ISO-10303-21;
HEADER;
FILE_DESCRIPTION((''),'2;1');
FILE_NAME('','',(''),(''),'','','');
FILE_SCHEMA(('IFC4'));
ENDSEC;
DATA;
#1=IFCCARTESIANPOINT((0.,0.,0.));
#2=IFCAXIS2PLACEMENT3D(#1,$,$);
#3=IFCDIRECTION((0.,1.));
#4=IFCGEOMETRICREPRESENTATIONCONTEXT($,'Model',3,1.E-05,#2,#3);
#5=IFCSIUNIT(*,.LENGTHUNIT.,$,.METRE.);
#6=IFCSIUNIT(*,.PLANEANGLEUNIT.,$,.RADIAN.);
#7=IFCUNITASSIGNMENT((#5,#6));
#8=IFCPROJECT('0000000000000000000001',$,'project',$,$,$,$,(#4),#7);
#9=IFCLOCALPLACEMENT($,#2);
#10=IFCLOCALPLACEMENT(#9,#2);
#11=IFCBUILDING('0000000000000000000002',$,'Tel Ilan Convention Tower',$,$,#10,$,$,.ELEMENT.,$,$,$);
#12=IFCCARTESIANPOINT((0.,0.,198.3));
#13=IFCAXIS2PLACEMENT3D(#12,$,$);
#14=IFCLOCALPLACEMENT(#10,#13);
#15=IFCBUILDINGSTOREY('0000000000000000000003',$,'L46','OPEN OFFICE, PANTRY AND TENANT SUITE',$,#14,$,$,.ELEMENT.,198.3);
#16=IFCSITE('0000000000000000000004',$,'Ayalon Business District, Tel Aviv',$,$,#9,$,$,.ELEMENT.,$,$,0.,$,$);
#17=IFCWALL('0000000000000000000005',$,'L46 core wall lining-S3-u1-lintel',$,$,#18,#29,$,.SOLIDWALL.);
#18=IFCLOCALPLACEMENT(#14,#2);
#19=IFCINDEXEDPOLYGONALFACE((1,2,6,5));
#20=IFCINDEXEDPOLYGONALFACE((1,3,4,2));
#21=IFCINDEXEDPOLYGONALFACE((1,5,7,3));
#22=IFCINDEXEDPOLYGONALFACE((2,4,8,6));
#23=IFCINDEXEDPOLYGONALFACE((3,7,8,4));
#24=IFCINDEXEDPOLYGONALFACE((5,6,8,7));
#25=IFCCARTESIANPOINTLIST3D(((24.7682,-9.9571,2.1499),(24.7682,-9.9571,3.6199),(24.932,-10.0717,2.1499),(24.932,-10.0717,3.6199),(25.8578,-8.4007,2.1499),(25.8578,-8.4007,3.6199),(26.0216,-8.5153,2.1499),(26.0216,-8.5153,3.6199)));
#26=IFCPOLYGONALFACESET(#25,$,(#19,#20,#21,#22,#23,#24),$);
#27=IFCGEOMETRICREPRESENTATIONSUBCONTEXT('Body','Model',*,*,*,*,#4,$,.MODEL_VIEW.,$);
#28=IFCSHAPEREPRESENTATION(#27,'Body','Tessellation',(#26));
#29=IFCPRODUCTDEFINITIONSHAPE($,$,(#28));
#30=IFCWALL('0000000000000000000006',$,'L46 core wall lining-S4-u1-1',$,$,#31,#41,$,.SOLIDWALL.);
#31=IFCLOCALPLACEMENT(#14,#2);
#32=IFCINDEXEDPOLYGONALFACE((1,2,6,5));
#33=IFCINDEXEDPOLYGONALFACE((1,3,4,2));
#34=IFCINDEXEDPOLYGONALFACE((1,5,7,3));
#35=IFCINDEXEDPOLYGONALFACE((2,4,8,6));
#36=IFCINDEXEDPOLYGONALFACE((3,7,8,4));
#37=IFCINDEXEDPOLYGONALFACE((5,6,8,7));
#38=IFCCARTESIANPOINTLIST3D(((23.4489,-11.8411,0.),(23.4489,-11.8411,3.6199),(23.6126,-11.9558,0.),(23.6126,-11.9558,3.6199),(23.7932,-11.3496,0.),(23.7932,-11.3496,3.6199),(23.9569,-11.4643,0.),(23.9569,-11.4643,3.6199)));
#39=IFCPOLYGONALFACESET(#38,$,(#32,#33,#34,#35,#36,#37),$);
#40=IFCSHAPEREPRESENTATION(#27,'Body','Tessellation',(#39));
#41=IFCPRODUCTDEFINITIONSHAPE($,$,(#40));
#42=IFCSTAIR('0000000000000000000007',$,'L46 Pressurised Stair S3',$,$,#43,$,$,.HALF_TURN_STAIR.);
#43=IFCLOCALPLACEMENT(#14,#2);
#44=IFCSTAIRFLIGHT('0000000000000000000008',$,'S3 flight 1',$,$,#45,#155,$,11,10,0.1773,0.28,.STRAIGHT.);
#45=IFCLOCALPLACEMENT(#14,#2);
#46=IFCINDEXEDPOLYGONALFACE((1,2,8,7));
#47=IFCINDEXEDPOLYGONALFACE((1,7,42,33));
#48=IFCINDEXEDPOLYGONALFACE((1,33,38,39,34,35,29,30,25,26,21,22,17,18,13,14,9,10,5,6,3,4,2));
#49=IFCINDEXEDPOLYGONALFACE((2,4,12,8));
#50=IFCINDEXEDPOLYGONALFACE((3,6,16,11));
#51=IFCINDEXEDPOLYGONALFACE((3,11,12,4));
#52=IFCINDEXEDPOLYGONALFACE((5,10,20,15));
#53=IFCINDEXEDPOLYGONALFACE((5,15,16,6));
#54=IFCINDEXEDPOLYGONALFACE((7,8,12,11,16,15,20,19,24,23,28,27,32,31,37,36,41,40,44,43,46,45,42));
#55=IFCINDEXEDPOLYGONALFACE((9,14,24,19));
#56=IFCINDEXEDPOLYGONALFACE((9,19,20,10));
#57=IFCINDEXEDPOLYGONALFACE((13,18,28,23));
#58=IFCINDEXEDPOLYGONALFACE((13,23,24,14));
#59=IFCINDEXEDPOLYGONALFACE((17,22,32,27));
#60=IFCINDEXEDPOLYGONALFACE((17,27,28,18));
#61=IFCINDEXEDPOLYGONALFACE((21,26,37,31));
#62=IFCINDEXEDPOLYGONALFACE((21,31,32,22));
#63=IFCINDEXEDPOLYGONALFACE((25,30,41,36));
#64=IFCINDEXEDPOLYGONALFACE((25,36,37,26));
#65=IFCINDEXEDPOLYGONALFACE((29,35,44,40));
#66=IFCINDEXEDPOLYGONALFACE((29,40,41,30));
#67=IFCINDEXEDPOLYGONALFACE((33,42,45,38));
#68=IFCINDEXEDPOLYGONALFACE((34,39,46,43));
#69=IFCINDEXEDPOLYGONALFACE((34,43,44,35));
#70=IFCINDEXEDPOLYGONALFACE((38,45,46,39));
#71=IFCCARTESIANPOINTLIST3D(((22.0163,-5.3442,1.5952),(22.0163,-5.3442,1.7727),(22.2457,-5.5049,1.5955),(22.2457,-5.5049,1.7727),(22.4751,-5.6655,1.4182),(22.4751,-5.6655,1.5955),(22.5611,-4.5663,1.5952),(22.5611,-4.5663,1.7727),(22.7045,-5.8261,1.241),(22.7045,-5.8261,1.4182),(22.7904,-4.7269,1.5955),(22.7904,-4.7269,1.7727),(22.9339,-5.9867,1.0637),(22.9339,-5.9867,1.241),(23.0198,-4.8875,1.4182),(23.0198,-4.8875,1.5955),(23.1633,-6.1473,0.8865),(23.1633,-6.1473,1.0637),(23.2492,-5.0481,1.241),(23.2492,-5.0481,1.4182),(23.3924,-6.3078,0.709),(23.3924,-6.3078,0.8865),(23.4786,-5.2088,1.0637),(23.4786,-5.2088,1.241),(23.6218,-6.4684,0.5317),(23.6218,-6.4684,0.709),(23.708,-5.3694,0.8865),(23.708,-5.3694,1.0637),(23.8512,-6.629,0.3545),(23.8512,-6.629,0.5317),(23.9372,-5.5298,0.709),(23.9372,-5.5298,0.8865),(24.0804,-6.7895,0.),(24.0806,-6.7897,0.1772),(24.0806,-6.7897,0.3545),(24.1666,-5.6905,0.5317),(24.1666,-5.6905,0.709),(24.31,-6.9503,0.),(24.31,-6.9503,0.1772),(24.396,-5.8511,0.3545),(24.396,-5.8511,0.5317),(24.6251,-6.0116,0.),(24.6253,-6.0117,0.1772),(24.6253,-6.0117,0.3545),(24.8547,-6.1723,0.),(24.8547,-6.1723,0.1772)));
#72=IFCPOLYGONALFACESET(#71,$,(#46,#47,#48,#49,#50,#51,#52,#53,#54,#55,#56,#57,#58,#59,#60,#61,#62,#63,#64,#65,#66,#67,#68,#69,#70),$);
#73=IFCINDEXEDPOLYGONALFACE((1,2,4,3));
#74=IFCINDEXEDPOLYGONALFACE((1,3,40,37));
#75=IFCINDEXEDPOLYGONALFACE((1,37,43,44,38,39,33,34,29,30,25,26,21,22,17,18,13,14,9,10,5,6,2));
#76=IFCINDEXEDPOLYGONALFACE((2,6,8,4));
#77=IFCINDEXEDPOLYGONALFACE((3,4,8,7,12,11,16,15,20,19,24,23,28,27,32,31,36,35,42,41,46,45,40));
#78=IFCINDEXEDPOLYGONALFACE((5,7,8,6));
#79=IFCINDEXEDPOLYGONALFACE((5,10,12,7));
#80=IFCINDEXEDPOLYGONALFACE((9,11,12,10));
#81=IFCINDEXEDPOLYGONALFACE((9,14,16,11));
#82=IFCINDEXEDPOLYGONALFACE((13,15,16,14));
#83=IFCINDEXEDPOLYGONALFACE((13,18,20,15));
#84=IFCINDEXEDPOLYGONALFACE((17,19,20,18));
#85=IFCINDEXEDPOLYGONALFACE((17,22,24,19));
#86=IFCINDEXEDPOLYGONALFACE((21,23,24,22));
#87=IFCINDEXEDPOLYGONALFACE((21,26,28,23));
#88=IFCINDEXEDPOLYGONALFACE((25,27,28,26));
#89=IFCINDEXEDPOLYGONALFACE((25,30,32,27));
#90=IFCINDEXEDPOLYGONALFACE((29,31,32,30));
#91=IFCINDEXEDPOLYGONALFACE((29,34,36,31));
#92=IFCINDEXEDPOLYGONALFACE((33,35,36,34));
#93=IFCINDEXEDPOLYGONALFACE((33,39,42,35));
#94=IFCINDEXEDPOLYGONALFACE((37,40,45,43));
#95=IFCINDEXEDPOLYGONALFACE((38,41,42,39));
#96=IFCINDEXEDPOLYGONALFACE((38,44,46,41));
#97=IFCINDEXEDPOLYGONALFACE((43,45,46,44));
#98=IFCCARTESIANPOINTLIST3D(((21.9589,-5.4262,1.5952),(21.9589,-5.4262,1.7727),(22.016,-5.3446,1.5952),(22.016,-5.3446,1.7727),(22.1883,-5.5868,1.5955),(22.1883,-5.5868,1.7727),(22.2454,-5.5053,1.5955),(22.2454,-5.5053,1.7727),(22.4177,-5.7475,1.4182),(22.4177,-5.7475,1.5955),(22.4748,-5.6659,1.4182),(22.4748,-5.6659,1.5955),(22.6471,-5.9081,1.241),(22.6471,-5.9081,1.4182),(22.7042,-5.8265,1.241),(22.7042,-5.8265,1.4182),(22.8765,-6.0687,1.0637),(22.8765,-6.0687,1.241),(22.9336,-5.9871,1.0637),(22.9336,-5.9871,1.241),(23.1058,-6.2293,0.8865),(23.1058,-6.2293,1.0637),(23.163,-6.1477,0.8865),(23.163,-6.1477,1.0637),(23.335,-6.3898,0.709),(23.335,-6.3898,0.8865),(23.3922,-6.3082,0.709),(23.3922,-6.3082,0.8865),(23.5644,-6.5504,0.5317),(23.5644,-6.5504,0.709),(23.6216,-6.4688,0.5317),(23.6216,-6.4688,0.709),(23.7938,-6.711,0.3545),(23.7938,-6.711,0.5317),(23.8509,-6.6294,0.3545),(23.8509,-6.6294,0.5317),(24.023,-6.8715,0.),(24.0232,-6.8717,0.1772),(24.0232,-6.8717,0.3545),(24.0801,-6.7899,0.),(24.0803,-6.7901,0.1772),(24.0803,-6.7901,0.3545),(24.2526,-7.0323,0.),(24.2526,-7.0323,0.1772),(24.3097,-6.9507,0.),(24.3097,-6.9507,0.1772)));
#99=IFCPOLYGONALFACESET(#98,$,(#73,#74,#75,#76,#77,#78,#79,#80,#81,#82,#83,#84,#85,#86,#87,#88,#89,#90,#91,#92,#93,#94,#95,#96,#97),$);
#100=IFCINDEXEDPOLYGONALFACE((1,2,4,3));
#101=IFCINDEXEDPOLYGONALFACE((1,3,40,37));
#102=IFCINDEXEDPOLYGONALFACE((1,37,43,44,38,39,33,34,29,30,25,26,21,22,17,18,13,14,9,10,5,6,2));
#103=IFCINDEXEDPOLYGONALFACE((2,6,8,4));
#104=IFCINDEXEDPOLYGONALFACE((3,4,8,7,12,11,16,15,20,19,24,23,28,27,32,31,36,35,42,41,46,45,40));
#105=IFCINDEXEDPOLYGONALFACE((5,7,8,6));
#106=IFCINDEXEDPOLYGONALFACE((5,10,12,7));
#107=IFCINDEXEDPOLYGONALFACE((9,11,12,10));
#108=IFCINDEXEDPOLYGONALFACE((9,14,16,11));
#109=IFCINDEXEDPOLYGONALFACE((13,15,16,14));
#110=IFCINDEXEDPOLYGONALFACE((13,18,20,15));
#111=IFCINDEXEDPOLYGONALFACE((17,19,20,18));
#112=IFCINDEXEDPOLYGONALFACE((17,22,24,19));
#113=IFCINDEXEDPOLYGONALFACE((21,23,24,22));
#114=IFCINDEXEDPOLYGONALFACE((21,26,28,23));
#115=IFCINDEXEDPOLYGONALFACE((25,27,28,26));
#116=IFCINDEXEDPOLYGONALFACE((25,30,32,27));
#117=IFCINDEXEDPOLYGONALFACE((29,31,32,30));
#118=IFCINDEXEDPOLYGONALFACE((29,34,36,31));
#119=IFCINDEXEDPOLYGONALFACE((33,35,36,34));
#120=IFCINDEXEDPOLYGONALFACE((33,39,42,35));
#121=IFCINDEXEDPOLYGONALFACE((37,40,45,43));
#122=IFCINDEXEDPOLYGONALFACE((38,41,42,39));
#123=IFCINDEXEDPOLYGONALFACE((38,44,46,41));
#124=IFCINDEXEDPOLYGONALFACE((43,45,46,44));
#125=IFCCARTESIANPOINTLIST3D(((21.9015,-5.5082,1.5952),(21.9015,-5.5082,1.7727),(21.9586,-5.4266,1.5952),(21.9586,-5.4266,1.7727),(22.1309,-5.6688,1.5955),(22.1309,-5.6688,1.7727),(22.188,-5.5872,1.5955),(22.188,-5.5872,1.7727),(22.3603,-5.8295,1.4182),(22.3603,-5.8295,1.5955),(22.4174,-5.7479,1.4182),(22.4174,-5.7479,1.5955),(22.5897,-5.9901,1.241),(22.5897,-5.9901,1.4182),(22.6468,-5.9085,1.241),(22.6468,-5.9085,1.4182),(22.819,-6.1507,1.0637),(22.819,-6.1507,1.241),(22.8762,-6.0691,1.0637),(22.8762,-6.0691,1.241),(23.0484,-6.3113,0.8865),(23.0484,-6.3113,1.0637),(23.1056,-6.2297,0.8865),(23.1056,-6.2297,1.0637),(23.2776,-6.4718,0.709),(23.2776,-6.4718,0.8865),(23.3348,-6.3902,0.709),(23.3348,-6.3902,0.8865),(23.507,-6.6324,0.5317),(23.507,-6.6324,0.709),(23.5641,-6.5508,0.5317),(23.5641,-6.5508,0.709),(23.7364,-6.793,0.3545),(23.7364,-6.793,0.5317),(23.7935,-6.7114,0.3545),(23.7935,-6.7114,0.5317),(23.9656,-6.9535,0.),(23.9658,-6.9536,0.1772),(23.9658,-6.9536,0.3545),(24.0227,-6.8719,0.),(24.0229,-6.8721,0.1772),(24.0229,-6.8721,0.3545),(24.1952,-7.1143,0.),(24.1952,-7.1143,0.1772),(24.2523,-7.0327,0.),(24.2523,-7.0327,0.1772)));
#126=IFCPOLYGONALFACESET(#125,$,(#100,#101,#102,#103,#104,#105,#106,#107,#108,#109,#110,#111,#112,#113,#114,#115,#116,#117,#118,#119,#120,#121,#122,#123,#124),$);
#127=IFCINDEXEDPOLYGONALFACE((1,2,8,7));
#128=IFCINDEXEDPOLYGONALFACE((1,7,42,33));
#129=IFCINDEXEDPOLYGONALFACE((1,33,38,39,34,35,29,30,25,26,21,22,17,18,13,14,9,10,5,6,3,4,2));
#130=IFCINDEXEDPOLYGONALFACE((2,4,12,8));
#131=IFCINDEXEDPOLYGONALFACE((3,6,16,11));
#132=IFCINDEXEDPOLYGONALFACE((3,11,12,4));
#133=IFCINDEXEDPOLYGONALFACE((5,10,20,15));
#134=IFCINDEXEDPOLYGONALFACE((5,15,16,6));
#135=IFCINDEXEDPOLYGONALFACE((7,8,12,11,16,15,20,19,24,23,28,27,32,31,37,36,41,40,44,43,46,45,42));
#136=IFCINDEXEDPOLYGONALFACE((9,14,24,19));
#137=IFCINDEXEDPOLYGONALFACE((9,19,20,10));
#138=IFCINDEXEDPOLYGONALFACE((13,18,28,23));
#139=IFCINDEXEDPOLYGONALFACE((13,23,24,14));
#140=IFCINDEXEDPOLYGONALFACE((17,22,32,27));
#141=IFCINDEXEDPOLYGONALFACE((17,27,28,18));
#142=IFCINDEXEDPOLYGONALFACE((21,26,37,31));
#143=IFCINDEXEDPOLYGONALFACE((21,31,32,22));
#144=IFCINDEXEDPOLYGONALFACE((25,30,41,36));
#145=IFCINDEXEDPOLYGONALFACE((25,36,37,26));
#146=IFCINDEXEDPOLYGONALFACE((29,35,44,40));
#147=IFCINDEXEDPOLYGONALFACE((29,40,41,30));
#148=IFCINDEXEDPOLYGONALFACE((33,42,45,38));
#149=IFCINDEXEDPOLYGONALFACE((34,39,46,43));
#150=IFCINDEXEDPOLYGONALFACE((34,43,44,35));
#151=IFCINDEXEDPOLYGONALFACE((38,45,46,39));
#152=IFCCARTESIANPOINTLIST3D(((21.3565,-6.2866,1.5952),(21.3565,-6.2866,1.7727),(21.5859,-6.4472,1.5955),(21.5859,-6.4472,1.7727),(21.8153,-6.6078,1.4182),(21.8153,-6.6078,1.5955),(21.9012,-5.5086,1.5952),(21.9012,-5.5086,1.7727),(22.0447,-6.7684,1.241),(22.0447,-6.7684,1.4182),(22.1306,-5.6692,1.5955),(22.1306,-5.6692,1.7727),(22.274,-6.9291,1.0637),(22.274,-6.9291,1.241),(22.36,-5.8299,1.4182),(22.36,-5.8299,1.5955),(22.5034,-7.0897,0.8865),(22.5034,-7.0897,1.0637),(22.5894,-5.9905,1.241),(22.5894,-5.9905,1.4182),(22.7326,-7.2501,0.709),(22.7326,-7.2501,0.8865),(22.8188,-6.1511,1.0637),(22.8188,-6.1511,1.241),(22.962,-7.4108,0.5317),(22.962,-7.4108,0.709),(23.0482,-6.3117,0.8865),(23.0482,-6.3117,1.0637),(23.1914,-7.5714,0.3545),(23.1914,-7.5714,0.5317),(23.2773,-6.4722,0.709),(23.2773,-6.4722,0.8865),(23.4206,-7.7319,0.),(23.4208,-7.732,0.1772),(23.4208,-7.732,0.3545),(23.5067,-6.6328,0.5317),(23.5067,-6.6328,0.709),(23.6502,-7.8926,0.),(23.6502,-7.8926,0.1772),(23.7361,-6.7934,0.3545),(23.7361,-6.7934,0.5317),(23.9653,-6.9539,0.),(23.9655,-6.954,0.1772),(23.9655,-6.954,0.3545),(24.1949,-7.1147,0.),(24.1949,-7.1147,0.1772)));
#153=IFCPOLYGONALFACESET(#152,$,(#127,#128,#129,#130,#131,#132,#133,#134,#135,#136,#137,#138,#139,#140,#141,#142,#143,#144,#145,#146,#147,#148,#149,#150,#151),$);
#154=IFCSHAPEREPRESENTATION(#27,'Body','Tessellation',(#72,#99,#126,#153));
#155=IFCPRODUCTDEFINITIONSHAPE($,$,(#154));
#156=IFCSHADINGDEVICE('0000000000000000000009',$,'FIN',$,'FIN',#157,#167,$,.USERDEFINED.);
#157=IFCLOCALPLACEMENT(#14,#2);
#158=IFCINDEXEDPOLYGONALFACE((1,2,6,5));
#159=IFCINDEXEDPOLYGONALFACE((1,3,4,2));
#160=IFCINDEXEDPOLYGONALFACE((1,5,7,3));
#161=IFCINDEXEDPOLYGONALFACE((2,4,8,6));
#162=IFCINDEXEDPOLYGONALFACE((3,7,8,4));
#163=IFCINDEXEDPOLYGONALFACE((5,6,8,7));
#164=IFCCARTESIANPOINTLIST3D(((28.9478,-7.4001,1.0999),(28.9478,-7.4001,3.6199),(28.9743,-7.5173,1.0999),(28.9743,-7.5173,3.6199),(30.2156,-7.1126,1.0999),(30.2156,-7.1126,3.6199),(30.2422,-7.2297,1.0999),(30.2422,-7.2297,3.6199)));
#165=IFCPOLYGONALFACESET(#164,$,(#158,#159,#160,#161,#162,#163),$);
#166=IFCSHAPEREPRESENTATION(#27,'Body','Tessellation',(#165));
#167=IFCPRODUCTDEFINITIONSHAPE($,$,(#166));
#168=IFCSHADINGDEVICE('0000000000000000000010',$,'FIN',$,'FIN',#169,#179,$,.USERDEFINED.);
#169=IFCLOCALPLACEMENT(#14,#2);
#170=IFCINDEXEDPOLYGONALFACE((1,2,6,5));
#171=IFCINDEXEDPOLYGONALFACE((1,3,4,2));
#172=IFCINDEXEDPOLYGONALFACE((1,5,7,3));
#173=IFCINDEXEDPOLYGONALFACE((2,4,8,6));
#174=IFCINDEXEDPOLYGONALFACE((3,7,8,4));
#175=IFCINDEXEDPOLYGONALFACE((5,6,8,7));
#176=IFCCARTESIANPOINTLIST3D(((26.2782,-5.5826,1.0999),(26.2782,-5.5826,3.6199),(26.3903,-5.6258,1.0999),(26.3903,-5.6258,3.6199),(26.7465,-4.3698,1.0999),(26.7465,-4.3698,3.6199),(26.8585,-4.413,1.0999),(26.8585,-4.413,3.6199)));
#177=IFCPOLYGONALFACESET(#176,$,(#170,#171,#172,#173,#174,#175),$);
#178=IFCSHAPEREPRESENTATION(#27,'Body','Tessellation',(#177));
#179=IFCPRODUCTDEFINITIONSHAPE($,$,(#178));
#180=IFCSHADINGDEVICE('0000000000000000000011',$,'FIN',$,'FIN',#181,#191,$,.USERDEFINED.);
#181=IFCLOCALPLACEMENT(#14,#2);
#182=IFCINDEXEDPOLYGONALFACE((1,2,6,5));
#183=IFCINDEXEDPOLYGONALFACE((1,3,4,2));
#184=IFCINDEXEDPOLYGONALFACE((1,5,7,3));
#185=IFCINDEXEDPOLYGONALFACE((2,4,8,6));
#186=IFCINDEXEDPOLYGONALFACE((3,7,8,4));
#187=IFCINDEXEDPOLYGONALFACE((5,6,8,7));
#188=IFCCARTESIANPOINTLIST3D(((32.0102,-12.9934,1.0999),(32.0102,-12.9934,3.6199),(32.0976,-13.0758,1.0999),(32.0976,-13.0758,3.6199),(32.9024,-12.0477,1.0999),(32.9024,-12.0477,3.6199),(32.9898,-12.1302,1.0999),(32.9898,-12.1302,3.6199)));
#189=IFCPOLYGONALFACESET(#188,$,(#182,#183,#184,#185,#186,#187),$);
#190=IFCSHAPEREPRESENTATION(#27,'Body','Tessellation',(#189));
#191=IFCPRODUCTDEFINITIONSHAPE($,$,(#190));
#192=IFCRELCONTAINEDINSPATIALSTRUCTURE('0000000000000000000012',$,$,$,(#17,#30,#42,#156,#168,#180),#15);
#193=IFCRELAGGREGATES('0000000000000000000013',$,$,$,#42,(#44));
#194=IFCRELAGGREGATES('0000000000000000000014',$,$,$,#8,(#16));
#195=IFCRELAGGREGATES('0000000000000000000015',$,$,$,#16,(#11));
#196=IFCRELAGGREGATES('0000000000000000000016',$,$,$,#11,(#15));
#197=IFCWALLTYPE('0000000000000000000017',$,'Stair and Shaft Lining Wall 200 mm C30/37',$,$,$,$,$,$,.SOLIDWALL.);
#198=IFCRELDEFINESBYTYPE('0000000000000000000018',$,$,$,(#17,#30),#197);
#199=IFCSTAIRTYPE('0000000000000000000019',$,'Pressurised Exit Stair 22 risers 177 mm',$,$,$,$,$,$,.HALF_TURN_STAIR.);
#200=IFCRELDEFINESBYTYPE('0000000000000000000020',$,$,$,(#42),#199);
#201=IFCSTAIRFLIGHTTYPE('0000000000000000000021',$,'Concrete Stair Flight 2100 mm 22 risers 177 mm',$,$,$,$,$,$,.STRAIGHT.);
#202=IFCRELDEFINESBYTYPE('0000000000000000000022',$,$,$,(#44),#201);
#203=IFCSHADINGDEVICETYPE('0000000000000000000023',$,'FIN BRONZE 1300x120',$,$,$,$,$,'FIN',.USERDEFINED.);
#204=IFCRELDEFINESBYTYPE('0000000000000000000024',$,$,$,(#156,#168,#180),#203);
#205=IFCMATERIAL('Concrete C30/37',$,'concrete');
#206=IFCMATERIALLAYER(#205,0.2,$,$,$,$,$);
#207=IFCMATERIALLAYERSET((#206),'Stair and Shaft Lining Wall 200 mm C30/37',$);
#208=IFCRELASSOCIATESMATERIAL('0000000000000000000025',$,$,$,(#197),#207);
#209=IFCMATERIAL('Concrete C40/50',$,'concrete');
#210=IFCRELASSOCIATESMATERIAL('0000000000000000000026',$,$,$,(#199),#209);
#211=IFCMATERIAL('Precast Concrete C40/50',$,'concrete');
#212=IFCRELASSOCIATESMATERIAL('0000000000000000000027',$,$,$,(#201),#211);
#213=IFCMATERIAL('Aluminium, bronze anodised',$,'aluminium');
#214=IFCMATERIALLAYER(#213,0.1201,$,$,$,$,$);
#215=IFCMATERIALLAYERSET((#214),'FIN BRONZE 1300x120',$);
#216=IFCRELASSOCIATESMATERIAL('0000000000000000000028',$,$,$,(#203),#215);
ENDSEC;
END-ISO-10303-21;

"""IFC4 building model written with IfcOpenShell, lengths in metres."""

from ifc_helpers import new_model, si_unit, direction, frame, frame_2d, origin, origin_2d, place, context, subcontext, project, spatial, polyline, rectangle, outline, extrude, material, layer, layer_set, type_object, element, aggregate, save


model = new_model("IFC4")

# Units and contexts
model_context = context("Model", 3, precision=1e-05, world=origin(), true_north=direction((0.0, 1.0)))
body_context = subcontext(model_context, "Body", "Model", "MODEL_VIEW")
ifc_project = project(units=[si_unit("LENGTHUNIT", "METRE"), si_unit("PLANEANGLEUNIT", "RADIAN")], contexts=[model_context])

# Site, building, storey
site_placement = place(None, origin())
site = spatial("IfcSite", under=ifc_project, at=site_placement, Name="Ayalon Business District, Tel Aviv", CompositionType="ELEMENT", RefElevation=0.0)
building_placement = place(site_placement, origin())
building = spatial("IfcBuilding", under=site, at=building_placement, Name="Tel Ilan Convention Tower", CompositionType="ELEMENT")
storey_placement = place(building_placement, frame((0.0, 0.0, 198.3)))
storey = spatial("IfcBuildingStorey", under=building, at=storey_placement, Name="L46", Description="OPEN OFFICE, PANTRY AND TENANT SUITE", CompositionType="ELEMENT", Elevation=198.3)

# Walls
ifc_material_1 = material(Name="Concrete C30/37", Category="concrete")
ifc_layer_1 = layer(ifc_material_1, 0.2)
ifc_layer_set_1 = layer_set([ifc_layer_1], Name="Stair and Shaft Lining Wall 200 mm C30/37")
wall_type = type_object("IfcWallType", Name="Stair and Shaft Lining Wall 200 mm C30/37", PredefinedType="SOLIDWALL", material=ifc_layer_set_1)
wall_1_placement = place(storey_placement, frame((24.8501, -10.0144, 2.1499), z_axis=(0.0, 0.0, 1.0), x_axis=(0.573505, 0.819202, 0.0)))
element("IfcWall", 1, at=wall_1_placement, inside=storey, type_object=wall_type, Name="L46 core wall lining-S3-u1-lintel", PredefinedType="SOLIDWALL", context=body_context, shape_type="SweptSolid", body=[
    extrude(rectangle(XDim=1.8999, YDim=0.2, at=frame_2d((0.95, 0.0))), origin(), (0.0, 0.0, 1.0), 1.47),
])
wall_2_placement = place(storey_placement, frame((23.5308, -11.8984, 0.0), z_axis=(0.0, 0.0, 1.0), x_axis=(0.573708, 0.81906, 0.0)))
element("IfcWall", 2, at=wall_2_placement, inside=storey, type_object=wall_type, Name="L46 core wall lining-S4-u1-1", PredefinedType="SOLIDWALL", context=body_context, shape_type="SweptSolid", body=[
    extrude(rectangle(XDim=0.6001, YDim=0.2, at=frame_2d((0.3, 0.0))), origin(), (0.0, 0.0, 1.0), 3.6199),
])

# Stair, stair flight
ifc_material_2 = material(Name="Concrete C40/50", Category="concrete")
stair_type = type_object("IfcStairType", Name="Pressurised Exit Stair 22 risers 177 mm", PredefinedType="HALF_TURN_STAIR", material=ifc_material_2)
stair_placement = place(storey_placement, origin())
stair = element("IfcStair", 3, at=stair_placement, inside=storey, type_object=stair_type, Name="L46 Pressurised Stair S3", PredefinedType="HALF_TURN_STAIR")
ifc_material_3 = material(Name="Precast Concrete C40/50", Category="concrete")
stair_flight_type = type_object("IfcStairFlightType", Name="Concrete Stair Flight 2100 mm 22 risers 177 mm", PredefinedType="STRAIGHT", material=ifc_material_3)
stair_flight_placement = place(storey_placement, frame((24.2524, -7.0325, 0.0), z_axis=(0.0, 0.0, 1.0), x_axis=(-0.819152, 0.573576, 0.0)))
stair_flight = element("IfcStairFlight", 4, at=stair_flight_placement, type_object=stair_flight_type, Name="S3 flight 1", NumberOfRisers=11, NumberOfTreads=10, PredefinedType="STRAIGHT", RiserHeight=0.1773, TreadLength=0.28, context=body_context, shape_type="SweptSolid", body=[
    extrude(outline(polyline([(0.0, 0.0), (0.0, 0.1772), (0.28, 0.1772), (0.28, 0.3545), (0.5601, 0.3545), (0.5601, 0.5317), (0.8401, 0.5317), (0.8401, 0.709), (1.1201, 0.709), (1.1201, 0.8865), (1.3999, 0.8865), (1.3999, 1.0637), (1.6799, 1.0637), (1.6799, 1.241), (1.96, 1.241), (1.96, 1.4182), (2.24, 1.4182), (2.24, 1.5955), (2.52, 1.5955), (2.52, 1.7727), (2.8, 1.7727), (2.8, 1.95), (2.8, 1.5952), (0.2803, 0.0), (0.0, 0.0)])), frame((0.0, -0.1003, 0.0), z_axis=(0.0, -1.0, 0.0), x_axis=(1.0, 0.0, 0.0)), (0.0, 0.0, 1.0), 0.9497),
    extrude(outline(polyline([(0.0, 0.0), (0.0, 0.1772), (0.28, 0.1772), (0.28, 0.3545), (0.5601, 0.3545), (0.5601, 0.5317), (0.8401, 0.5317), (0.8401, 0.709), (1.1201, 0.709), (1.1201, 0.8865), (1.3999, 0.8865), (1.3999, 1.0637), (1.6799, 1.0637), (1.6799, 1.241), (1.96, 1.241), (1.96, 1.4182), (2.24, 1.4182), (2.24, 1.5955), (2.52, 1.5955), (2.52, 1.7727), (2.8, 1.7727), (2.8, 1.95), (2.8, 1.5952), (0.2803, 0.0), (0.0, 0.0)])), frame((0.0, -0.0002, 0.0), z_axis=(0.0, -1.0, 0.0), x_axis=(1.0, 0.0, 0.0)), (0.0, 0.0, 1.0), 0.0996),
    extrude(outline(polyline([(0.0, 0.0), (0.0, 0.1772), (0.28, 0.1772), (0.28, 0.3545), (0.5601, 0.3545), (0.5601, 0.5317), (0.8401, 0.5317), (0.8401, 0.709), (1.1201, 0.709), (1.1201, 0.8865), (1.3999, 0.8865), (1.3999, 1.0637), (1.6799, 1.0637), (1.6799, 1.241), (1.96, 1.241), (1.96, 1.4182), (2.24, 1.4182), (2.24, 1.5955), (2.52, 1.5955), (2.52, 1.7727), (2.8, 1.7727), (2.8, 1.95), (2.8, 1.5952), (0.2803, 0.0), (0.0, 0.0)])), frame((0.0, 0.0999, 0.0), z_axis=(0.0, -1.0, 0.0), x_axis=(1.0, 0.0, 0.0)), (0.0, 0.0, 1.0), 0.0996),
    extrude(outline(polyline([(0.0, 0.0), (0.0, 0.1772), (0.28, 0.1772), (0.28, 0.3545), (0.5601, 0.3545), (0.5601, 0.5317), (0.8401, 0.5317), (0.8401, 0.709), (1.1201, 0.709), (1.1201, 0.8865), (1.3999, 0.8865), (1.3999, 1.0637), (1.6799, 1.0637), (1.6799, 1.241), (1.96, 1.241), (1.96, 1.4182), (2.24, 1.4182), (2.24, 1.5955), (2.52, 1.5955), (2.52, 1.7727), (2.8, 1.7727), (2.8, 1.95), (2.8, 1.5952), (0.2803, 0.0), (0.0, 0.0)])), frame((0.0, 1.05, 0.0), z_axis=(0.0, -1.0, 0.0), x_axis=(1.0, 0.0, 0.0)), (0.0, 0.0, 1.0), 0.9497),
])
aggregate(stair, [stair_flight])

# Shading devices
ifc_material_4 = material(Name="Aluminium, bronze anodised", Category="aluminium")
ifc_layer_2 = layer(ifc_material_4, 0.1201)
ifc_layer_set_2 = layer_set([ifc_layer_2], Name="FIN BRONZE 1300x120")
shading_device_type = type_object("IfcShadingDeviceType", Name="FIN BRONZE 1300x120", ElementType="FIN", PredefinedType="USERDEFINED", material=ifc_layer_set_2)
for number, where, z_axis, x_axis, name in (
    (5, (29.595, -7.3149, 1.0999), (0.0, 0.0, 1.0), (0.975235, 0.22117, 0.0), "FIN"),
    (6, (26.5684, -4.9978, 1.0999), (0.0, 0.0, 1.0), (0.360178, 0.932884, 0.0), "FIN"),
    (7, (32.5, -12.5618, 1.0999), (0.0, 0.0, 1.0), (0.686242, 0.727374, 0.0), "FIN"),
):
    element("IfcShadingDevice", number, at=place(storey_placement, frame(where, z_axis=z_axis, x_axis=x_axis)), inside=storey, type_object=shading_device_type, Name=name, ObjectType="FIN", PredefinedType="USERDEFINED", context=body_context, shape_type="SweptSolid", body=[
        extrude(rectangle(XDim=1.3, YDim=0.1201, at=origin_2d()), origin(), (0.0, 0.0, 1.0), 2.52),
    ])

save(model, "model.ifc")
